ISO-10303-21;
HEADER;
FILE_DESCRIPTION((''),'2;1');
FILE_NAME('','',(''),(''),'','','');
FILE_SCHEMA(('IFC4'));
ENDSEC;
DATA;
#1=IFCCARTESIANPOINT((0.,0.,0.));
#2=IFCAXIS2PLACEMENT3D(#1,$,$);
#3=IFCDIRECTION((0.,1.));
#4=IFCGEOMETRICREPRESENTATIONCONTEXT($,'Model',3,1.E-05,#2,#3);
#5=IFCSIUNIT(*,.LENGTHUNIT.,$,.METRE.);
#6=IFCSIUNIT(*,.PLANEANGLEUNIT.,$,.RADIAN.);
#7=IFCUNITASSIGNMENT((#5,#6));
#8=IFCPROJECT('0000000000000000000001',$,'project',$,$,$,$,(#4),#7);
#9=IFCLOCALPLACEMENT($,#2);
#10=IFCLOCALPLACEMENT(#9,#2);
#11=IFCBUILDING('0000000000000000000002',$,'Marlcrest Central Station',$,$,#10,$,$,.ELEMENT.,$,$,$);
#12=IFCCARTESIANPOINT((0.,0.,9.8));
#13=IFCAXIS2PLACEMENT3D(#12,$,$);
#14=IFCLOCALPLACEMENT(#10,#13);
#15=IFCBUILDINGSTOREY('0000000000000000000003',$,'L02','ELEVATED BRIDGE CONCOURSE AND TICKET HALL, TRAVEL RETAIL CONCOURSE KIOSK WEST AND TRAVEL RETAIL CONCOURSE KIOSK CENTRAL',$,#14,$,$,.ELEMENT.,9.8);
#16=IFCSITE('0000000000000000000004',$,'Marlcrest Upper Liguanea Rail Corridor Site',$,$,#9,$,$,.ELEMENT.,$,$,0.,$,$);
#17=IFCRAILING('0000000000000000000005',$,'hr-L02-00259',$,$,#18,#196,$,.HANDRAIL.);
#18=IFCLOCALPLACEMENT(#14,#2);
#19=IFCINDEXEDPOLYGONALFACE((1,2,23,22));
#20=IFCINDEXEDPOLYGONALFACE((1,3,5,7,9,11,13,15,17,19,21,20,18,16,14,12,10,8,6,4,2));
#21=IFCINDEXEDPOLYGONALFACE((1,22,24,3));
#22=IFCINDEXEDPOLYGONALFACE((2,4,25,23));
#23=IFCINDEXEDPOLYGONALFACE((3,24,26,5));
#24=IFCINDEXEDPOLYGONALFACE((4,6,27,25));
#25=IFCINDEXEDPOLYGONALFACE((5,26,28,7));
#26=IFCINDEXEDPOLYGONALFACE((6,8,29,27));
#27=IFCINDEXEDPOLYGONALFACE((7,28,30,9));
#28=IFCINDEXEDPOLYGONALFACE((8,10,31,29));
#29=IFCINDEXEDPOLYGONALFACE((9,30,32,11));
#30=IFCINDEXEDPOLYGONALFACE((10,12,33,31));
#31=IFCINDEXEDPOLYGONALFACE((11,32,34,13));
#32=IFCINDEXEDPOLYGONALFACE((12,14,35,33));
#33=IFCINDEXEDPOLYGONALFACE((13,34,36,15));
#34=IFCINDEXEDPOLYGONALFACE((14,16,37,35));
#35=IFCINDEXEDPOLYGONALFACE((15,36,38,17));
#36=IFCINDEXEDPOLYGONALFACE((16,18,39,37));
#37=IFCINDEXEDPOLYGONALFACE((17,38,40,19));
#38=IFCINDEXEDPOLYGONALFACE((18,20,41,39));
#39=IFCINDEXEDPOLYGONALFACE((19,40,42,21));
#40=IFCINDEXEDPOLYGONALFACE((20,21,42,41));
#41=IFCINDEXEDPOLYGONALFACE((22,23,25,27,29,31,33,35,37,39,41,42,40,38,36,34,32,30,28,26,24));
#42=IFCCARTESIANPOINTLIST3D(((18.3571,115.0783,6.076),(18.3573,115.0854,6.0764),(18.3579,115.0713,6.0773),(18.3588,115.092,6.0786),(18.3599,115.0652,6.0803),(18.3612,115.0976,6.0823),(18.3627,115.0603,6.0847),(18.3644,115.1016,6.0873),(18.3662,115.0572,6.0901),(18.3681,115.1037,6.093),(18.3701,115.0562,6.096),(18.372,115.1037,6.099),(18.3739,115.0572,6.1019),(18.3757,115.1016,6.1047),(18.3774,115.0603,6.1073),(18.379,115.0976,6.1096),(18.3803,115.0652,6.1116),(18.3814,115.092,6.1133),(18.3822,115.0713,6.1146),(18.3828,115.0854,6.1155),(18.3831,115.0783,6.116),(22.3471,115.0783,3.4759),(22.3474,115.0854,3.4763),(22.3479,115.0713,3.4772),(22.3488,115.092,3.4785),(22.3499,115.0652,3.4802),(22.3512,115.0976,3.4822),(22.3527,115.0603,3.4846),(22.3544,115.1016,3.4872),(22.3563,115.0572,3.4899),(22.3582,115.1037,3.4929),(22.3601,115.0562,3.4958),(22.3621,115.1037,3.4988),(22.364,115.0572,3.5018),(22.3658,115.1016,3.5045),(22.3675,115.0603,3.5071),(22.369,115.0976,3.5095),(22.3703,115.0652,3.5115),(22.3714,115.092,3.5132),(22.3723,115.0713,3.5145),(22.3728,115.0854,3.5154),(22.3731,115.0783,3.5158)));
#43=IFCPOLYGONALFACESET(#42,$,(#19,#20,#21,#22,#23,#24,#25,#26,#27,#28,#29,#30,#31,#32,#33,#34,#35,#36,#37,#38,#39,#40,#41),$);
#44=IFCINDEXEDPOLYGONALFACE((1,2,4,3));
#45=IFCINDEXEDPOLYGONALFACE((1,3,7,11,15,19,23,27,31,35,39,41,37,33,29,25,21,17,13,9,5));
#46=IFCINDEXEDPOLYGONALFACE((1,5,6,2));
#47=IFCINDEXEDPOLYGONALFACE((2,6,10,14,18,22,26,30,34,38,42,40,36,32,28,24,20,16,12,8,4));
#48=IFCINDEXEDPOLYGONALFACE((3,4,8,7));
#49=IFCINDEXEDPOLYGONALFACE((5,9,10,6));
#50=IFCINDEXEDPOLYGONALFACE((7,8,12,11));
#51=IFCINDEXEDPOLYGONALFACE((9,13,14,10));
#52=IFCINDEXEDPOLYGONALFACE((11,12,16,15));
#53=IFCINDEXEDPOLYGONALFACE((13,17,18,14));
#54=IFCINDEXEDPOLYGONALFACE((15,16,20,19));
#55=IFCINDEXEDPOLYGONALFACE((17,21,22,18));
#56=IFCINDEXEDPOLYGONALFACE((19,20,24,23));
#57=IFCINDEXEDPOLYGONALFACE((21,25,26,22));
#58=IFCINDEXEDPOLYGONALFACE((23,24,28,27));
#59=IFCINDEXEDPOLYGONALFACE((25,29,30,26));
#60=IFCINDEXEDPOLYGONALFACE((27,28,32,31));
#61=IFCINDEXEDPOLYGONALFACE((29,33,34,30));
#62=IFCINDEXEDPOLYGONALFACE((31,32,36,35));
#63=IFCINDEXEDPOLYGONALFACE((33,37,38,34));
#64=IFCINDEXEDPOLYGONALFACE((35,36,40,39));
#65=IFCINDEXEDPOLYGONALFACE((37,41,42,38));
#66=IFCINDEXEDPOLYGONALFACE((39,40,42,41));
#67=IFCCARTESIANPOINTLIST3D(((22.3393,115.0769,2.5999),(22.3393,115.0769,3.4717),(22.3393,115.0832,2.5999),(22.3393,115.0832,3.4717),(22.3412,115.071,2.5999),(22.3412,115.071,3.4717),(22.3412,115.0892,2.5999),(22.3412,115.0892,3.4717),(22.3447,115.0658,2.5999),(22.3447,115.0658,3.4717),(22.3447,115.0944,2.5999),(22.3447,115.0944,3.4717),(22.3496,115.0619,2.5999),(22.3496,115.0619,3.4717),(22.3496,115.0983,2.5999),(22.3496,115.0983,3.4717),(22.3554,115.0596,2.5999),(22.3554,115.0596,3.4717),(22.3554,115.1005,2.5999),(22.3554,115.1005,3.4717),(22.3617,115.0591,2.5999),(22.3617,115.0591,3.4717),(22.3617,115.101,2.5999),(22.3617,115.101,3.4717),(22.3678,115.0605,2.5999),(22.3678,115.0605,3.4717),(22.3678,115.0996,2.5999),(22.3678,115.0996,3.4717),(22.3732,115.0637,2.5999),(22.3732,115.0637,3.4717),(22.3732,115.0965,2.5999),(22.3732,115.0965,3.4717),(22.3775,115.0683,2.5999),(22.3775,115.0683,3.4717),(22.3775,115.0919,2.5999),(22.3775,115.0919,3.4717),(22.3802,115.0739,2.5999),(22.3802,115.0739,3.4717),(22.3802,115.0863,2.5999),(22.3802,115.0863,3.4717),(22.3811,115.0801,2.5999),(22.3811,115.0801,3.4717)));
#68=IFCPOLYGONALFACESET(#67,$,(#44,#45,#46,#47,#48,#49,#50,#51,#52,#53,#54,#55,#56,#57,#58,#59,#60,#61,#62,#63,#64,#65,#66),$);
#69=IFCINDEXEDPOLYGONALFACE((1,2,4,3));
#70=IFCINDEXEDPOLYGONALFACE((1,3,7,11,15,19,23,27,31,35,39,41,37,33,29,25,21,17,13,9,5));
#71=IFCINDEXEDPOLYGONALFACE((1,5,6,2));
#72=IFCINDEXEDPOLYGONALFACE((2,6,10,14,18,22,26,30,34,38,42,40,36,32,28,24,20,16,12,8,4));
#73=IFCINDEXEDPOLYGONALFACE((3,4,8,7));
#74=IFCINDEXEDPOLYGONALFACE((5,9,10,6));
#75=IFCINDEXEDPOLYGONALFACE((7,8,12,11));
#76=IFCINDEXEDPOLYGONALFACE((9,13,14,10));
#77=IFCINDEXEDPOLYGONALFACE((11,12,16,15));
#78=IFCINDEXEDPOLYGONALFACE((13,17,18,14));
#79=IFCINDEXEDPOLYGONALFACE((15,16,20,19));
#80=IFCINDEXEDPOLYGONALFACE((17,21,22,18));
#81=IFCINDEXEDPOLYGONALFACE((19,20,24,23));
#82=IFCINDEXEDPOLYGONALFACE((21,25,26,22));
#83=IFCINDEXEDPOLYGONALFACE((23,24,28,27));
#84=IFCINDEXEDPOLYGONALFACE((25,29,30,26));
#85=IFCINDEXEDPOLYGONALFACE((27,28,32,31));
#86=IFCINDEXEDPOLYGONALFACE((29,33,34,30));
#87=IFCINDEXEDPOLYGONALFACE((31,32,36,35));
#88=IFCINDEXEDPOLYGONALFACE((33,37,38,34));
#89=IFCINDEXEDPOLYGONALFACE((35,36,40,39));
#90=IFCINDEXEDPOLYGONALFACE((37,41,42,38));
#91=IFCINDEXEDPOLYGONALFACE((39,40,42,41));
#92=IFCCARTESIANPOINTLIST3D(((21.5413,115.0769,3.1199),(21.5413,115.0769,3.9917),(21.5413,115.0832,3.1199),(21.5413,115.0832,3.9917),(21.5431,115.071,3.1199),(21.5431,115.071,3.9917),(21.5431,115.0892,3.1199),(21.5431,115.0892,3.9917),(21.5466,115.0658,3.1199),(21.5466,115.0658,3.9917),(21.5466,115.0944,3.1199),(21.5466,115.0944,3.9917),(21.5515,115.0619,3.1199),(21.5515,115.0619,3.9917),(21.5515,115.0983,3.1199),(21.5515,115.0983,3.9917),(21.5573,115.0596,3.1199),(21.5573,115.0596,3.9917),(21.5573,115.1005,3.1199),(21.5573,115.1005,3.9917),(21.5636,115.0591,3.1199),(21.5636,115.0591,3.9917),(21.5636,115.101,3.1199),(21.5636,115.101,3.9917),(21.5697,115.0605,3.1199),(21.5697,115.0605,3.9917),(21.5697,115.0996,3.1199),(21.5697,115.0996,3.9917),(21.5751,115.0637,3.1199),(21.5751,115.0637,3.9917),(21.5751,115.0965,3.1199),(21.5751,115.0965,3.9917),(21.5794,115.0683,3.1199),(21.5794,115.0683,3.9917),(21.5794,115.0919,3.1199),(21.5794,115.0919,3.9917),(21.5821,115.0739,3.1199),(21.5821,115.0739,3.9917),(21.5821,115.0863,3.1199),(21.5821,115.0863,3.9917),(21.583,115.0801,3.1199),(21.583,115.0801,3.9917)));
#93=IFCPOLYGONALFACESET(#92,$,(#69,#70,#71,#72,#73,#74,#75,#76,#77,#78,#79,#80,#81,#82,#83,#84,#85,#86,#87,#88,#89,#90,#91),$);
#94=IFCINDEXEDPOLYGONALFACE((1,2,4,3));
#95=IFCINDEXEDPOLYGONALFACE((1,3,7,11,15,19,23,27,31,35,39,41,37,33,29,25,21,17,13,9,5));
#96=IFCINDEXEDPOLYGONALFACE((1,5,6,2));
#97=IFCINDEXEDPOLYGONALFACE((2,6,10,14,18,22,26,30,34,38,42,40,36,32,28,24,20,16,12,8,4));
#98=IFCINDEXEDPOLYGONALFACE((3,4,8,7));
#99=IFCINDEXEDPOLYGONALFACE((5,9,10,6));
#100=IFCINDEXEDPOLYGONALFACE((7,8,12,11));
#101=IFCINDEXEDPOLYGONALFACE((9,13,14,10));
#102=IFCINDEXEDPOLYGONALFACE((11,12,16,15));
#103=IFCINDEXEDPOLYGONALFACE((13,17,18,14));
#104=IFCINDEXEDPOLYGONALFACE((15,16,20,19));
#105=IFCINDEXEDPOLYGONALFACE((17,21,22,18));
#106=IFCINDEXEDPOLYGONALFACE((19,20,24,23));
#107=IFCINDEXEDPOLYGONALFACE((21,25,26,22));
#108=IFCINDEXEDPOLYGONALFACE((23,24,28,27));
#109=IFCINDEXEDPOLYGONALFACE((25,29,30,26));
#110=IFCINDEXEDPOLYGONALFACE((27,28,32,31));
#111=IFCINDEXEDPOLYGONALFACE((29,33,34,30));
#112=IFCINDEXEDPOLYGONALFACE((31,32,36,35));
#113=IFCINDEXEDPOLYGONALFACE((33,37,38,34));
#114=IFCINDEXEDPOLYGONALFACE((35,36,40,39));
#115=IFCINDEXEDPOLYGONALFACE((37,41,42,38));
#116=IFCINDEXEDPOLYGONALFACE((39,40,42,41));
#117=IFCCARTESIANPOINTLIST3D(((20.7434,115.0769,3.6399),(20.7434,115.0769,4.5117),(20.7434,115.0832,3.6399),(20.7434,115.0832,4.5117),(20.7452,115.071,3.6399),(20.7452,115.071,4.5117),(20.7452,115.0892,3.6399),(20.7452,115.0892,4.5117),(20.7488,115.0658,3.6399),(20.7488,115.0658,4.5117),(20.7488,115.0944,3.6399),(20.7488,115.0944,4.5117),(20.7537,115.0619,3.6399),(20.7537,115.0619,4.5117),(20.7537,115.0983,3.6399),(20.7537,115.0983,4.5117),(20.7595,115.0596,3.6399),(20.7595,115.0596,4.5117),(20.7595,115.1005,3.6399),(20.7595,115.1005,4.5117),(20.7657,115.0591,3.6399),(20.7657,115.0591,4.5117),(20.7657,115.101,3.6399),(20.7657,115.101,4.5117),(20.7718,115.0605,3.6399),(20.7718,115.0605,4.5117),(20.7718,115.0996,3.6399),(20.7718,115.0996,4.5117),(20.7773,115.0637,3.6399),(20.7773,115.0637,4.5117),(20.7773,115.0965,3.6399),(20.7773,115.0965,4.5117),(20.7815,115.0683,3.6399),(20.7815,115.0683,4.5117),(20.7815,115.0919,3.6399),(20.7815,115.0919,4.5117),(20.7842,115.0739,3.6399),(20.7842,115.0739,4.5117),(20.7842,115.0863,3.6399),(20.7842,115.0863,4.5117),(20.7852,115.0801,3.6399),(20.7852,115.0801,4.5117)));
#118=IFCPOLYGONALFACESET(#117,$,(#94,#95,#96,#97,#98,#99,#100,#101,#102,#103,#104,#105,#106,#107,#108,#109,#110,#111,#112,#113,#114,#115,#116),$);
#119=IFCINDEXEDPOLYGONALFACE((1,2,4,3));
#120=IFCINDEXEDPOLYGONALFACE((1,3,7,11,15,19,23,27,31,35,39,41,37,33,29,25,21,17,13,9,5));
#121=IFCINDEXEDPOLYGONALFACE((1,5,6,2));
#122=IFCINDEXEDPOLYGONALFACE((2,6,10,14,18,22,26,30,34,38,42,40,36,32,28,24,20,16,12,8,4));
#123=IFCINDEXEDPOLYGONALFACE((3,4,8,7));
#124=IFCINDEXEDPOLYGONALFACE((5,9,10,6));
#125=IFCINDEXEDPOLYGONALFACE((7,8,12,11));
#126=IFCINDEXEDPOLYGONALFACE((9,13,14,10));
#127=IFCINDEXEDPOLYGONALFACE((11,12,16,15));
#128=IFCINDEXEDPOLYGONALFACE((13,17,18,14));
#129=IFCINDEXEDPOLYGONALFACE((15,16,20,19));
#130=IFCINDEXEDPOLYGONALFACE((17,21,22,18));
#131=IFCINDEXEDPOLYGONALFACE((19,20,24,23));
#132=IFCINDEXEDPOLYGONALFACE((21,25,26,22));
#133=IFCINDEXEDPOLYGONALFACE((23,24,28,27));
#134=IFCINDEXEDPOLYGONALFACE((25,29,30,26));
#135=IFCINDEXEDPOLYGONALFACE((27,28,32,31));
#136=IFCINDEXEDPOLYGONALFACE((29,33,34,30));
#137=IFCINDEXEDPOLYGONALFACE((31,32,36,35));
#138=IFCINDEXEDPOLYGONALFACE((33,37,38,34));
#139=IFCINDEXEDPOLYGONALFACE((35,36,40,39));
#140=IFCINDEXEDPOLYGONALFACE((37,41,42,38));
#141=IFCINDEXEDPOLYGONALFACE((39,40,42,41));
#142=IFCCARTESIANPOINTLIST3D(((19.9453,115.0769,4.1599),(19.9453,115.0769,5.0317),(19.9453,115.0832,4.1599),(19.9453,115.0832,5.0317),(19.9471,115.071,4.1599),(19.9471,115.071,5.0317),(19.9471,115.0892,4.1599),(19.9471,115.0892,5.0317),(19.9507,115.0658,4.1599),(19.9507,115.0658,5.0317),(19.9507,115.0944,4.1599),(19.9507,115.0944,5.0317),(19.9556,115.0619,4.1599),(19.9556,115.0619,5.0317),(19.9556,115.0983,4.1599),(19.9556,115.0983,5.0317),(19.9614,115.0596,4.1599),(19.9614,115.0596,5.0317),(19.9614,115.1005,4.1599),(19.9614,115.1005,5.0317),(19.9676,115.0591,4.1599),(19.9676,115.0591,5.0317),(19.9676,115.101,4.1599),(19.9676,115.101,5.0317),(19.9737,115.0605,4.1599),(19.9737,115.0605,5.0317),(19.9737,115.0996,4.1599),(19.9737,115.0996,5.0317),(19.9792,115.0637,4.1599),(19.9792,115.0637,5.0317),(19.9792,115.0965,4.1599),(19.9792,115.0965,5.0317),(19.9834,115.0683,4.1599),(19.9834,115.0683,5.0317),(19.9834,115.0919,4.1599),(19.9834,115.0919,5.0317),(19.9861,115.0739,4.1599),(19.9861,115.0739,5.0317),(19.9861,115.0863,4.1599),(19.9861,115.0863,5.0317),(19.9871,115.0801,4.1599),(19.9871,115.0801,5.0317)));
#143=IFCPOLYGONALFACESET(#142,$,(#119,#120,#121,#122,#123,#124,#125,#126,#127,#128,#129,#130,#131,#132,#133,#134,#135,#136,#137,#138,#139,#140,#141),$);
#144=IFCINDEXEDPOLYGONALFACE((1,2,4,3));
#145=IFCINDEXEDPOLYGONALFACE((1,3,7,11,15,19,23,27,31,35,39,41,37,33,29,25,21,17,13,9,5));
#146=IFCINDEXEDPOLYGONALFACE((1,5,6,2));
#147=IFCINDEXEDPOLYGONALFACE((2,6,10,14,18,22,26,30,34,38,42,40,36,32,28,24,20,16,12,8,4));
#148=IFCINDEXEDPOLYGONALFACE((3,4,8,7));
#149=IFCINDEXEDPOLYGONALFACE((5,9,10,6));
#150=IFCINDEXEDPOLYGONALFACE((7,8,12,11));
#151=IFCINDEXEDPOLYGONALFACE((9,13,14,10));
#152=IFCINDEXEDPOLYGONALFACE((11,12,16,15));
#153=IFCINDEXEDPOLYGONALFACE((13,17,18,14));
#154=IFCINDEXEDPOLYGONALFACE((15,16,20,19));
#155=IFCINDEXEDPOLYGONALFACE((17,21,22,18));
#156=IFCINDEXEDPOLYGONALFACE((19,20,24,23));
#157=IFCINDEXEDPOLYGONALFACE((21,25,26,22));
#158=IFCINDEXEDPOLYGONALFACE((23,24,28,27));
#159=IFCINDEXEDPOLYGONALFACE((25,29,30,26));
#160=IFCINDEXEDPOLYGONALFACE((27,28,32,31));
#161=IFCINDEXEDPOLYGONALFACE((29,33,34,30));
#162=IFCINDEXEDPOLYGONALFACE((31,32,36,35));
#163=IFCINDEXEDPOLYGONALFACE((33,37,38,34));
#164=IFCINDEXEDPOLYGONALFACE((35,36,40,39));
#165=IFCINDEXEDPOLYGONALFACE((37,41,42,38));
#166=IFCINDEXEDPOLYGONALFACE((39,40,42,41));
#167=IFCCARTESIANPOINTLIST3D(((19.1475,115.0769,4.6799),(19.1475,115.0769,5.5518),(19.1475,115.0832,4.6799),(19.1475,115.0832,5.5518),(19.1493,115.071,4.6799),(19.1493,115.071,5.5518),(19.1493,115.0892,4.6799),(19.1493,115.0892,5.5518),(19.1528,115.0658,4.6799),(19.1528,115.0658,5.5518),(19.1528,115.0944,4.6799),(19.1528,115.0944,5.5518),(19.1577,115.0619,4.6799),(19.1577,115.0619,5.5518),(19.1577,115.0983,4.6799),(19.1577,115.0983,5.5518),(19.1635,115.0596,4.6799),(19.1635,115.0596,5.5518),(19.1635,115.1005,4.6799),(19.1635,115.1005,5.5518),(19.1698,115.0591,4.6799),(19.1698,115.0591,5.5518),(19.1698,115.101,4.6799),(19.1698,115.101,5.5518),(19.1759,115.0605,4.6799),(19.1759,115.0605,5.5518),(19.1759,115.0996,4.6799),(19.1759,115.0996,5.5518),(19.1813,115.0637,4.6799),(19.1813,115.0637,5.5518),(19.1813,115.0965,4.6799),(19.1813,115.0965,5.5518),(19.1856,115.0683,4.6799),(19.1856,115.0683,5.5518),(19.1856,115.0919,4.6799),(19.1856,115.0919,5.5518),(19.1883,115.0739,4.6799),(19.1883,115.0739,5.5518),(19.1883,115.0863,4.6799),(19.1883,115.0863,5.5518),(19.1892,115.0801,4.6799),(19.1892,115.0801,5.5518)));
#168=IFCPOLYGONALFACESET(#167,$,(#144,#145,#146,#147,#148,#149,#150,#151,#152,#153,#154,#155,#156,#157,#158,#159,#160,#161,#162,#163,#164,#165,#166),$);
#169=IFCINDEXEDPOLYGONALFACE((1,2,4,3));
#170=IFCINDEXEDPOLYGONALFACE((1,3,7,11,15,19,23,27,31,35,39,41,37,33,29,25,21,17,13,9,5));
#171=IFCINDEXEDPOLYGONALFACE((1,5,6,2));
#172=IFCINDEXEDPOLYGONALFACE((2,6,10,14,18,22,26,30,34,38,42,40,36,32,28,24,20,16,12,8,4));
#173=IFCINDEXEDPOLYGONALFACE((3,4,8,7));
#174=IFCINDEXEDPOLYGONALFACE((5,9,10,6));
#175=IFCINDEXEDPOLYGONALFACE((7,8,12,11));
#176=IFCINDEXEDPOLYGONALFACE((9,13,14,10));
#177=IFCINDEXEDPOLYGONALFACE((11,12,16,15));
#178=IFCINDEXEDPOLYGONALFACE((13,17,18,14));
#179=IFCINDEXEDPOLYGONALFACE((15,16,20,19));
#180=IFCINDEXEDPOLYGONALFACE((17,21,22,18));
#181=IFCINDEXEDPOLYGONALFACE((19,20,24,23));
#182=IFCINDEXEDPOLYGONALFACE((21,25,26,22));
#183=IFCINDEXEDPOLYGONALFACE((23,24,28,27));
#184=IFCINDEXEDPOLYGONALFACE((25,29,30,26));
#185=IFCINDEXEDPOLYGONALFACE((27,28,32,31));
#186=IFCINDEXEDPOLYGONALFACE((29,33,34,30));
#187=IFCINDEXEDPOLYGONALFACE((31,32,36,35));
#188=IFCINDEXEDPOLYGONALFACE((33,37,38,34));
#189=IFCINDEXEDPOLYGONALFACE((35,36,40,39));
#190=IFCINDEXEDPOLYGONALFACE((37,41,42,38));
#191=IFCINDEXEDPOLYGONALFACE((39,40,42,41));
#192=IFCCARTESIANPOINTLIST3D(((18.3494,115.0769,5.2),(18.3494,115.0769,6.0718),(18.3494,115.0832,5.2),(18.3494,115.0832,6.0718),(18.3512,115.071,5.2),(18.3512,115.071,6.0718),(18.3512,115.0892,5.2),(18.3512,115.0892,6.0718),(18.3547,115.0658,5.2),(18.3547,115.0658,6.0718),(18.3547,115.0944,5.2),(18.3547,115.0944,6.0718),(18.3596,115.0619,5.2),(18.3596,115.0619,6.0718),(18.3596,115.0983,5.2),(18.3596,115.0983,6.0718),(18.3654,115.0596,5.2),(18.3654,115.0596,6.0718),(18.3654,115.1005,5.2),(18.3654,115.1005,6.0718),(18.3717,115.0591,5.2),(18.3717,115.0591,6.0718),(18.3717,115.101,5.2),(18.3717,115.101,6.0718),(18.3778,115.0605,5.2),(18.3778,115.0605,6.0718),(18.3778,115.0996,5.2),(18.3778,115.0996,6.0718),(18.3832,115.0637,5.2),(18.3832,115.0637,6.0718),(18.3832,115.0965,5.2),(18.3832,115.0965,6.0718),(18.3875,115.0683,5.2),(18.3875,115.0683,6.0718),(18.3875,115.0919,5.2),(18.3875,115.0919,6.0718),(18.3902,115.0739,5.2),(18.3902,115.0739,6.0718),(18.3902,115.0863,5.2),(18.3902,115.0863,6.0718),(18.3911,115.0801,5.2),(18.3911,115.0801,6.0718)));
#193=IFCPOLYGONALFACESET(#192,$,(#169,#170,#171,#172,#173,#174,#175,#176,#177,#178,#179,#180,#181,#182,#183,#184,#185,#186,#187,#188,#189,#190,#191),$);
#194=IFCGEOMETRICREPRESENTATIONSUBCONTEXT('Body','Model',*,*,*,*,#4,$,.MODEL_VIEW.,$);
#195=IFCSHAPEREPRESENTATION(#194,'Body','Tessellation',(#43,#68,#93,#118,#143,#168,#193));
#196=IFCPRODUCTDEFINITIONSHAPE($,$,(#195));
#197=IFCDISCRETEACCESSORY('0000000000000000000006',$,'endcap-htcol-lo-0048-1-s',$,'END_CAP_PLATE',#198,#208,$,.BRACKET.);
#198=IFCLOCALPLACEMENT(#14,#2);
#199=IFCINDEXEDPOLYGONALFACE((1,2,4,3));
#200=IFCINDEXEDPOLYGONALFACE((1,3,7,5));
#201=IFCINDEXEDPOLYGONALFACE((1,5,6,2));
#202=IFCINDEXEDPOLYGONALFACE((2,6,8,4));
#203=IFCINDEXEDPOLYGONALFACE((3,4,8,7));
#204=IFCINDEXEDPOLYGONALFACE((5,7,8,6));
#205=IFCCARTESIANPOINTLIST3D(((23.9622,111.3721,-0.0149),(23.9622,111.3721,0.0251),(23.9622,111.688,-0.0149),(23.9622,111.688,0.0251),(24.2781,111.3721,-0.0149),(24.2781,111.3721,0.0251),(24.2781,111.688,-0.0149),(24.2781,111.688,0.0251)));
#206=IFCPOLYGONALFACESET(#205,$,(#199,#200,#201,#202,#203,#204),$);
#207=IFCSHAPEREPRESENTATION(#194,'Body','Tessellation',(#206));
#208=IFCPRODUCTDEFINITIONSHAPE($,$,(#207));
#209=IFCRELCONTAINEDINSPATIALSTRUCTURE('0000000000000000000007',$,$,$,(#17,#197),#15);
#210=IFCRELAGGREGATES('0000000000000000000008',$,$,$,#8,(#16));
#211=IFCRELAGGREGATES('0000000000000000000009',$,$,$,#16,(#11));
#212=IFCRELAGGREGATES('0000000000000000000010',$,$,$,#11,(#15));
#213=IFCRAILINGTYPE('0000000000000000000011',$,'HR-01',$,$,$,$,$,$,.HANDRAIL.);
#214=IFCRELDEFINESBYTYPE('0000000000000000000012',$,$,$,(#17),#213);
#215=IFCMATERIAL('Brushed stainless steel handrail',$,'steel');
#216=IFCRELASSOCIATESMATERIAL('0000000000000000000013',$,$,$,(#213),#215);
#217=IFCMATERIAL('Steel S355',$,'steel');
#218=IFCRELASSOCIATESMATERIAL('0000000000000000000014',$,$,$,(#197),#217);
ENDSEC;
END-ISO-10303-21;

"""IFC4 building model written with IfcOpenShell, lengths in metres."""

from ifc_helpers import new_model, si_unit, direction, frame, origin, origin_2d, place, context, subcontext, project, spatial, rectangle, circle, extrude, material, type_object, element, save


model = new_model("IFC4")

# Units and contexts
model_context = context("Model", 3, precision=1e-05, world=origin(), true_north=direction((0.0, 1.0)))
body_context = subcontext(model_context, "Body", "Model", "MODEL_VIEW")
ifc_project = project(units=[si_unit("LENGTHUNIT", "METRE"), si_unit("PLANEANGLEUNIT", "RADIAN")], contexts=[model_context])

# Site, building, storey
site_placement = place(None, origin())
site = spatial("IfcSite", under=ifc_project, at=site_placement, Name="Marlcrest Upper Liguanea Rail Corridor Site", CompositionType="ELEMENT", RefElevation=0.0)
building_placement = place(site_placement, origin())
building = spatial("IfcBuilding", under=site, at=building_placement, Name="Marlcrest Central Station", CompositionType="ELEMENT")
storey_placement = place(building_placement, frame((0.0, 0.0, 9.8)))
storey = spatial("IfcBuildingStorey", under=building, at=storey_placement, Name="L02", Description="ELEVATED BRIDGE CONCOURSE AND TICKET HALL, TRAVEL RETAIL CONCOURSE KIOSK WEST AND TRAVEL RETAIL CONCOURSE KIOSK CENTRAL", CompositionType="ELEMENT", Elevation=9.8)

# Shared definitions
ifc_material_1 = material(Name="Steel S355", Category="steel")

# Railing
ifc_material_2 = material(Name="Brushed stainless steel handrail", Category="steel")
railing_type_1 = type_object("IfcRailingType", Name="HR-01", PredefinedType="HANDRAIL", material=ifc_material_2)
for number, where, name in (
    (1, (22.3601, 115.0801, 2.5999), "hr-L02-00259"),
):
    element("IfcRailing", number, at=place(storey_placement, frame(where)), inside=storey, type_object=railing_type_1, Name=name, PredefinedType="HANDRAIL", context=body_context, shape_type="SweptSolid", body=[
        extrude(circle(Radius=0.0239, at=origin_2d()), frame((0.0, 0.0, 0.896), z_axis=(-0.837809, 0.0, 0.545963), x_axis=(0.0, -1.0, 0.0)), (0.0, 0.0, 1.0), 4.7625),
        extrude(circle(Radius=0.021, at=origin_2d()), origin(), (0.0, 0.0, 1.0), 0.8718),
        extrude(circle(Radius=0.021, at=origin_2d()), frame((-0.7981, 0.0, 0.52)), (0.0, 0.0, 1.0), 0.8718),
        extrude(circle(Radius=0.021, at=origin_2d()), frame((-1.5959, 0.0, 1.04)), (0.0, 0.0, 1.0), 0.8718),
        extrude(circle(Radius=0.021, at=origin_2d()), frame((-2.394, 0.0, 1.5601)), (0.0, 0.0, 1.0), 0.8718),
        extrude(circle(Radius=0.021, at=origin_2d()), frame((-3.1919, 0.0, 2.0801)), (0.0, 0.0, 1.0), 0.8718),
        extrude(circle(Radius=0.021, at=origin_2d()), frame((-3.99, 0.0, 2.6001)), (0.0, 0.0, 1.0), 0.8718),
    ])

# Discrete accessory
for number, where, z_axis, x_axis, name in (
    (2, (24.1201, 111.53, -0.0149), (0.0, 0.0, 1.0), (1.0, 0.0, 0.0), "endcap-htcol-lo-0048-1-s"),
):
    element("IfcDiscreteAccessory", number, at=place(storey_placement, frame(where, z_axis=z_axis, x_axis=x_axis)), inside=storey, material=ifc_material_1, Name=name, ObjectType="END_CAP_PLATE", PredefinedType="BRACKET", context=body_context, shape_type="SweptSolid", body=[
        extrude(rectangle(XDim=0.3159, YDim=0.3159, at=origin_2d()), origin(), (0.0, 0.0, 1.0), 0.04),
    ])

save(model, "model.ifc")
